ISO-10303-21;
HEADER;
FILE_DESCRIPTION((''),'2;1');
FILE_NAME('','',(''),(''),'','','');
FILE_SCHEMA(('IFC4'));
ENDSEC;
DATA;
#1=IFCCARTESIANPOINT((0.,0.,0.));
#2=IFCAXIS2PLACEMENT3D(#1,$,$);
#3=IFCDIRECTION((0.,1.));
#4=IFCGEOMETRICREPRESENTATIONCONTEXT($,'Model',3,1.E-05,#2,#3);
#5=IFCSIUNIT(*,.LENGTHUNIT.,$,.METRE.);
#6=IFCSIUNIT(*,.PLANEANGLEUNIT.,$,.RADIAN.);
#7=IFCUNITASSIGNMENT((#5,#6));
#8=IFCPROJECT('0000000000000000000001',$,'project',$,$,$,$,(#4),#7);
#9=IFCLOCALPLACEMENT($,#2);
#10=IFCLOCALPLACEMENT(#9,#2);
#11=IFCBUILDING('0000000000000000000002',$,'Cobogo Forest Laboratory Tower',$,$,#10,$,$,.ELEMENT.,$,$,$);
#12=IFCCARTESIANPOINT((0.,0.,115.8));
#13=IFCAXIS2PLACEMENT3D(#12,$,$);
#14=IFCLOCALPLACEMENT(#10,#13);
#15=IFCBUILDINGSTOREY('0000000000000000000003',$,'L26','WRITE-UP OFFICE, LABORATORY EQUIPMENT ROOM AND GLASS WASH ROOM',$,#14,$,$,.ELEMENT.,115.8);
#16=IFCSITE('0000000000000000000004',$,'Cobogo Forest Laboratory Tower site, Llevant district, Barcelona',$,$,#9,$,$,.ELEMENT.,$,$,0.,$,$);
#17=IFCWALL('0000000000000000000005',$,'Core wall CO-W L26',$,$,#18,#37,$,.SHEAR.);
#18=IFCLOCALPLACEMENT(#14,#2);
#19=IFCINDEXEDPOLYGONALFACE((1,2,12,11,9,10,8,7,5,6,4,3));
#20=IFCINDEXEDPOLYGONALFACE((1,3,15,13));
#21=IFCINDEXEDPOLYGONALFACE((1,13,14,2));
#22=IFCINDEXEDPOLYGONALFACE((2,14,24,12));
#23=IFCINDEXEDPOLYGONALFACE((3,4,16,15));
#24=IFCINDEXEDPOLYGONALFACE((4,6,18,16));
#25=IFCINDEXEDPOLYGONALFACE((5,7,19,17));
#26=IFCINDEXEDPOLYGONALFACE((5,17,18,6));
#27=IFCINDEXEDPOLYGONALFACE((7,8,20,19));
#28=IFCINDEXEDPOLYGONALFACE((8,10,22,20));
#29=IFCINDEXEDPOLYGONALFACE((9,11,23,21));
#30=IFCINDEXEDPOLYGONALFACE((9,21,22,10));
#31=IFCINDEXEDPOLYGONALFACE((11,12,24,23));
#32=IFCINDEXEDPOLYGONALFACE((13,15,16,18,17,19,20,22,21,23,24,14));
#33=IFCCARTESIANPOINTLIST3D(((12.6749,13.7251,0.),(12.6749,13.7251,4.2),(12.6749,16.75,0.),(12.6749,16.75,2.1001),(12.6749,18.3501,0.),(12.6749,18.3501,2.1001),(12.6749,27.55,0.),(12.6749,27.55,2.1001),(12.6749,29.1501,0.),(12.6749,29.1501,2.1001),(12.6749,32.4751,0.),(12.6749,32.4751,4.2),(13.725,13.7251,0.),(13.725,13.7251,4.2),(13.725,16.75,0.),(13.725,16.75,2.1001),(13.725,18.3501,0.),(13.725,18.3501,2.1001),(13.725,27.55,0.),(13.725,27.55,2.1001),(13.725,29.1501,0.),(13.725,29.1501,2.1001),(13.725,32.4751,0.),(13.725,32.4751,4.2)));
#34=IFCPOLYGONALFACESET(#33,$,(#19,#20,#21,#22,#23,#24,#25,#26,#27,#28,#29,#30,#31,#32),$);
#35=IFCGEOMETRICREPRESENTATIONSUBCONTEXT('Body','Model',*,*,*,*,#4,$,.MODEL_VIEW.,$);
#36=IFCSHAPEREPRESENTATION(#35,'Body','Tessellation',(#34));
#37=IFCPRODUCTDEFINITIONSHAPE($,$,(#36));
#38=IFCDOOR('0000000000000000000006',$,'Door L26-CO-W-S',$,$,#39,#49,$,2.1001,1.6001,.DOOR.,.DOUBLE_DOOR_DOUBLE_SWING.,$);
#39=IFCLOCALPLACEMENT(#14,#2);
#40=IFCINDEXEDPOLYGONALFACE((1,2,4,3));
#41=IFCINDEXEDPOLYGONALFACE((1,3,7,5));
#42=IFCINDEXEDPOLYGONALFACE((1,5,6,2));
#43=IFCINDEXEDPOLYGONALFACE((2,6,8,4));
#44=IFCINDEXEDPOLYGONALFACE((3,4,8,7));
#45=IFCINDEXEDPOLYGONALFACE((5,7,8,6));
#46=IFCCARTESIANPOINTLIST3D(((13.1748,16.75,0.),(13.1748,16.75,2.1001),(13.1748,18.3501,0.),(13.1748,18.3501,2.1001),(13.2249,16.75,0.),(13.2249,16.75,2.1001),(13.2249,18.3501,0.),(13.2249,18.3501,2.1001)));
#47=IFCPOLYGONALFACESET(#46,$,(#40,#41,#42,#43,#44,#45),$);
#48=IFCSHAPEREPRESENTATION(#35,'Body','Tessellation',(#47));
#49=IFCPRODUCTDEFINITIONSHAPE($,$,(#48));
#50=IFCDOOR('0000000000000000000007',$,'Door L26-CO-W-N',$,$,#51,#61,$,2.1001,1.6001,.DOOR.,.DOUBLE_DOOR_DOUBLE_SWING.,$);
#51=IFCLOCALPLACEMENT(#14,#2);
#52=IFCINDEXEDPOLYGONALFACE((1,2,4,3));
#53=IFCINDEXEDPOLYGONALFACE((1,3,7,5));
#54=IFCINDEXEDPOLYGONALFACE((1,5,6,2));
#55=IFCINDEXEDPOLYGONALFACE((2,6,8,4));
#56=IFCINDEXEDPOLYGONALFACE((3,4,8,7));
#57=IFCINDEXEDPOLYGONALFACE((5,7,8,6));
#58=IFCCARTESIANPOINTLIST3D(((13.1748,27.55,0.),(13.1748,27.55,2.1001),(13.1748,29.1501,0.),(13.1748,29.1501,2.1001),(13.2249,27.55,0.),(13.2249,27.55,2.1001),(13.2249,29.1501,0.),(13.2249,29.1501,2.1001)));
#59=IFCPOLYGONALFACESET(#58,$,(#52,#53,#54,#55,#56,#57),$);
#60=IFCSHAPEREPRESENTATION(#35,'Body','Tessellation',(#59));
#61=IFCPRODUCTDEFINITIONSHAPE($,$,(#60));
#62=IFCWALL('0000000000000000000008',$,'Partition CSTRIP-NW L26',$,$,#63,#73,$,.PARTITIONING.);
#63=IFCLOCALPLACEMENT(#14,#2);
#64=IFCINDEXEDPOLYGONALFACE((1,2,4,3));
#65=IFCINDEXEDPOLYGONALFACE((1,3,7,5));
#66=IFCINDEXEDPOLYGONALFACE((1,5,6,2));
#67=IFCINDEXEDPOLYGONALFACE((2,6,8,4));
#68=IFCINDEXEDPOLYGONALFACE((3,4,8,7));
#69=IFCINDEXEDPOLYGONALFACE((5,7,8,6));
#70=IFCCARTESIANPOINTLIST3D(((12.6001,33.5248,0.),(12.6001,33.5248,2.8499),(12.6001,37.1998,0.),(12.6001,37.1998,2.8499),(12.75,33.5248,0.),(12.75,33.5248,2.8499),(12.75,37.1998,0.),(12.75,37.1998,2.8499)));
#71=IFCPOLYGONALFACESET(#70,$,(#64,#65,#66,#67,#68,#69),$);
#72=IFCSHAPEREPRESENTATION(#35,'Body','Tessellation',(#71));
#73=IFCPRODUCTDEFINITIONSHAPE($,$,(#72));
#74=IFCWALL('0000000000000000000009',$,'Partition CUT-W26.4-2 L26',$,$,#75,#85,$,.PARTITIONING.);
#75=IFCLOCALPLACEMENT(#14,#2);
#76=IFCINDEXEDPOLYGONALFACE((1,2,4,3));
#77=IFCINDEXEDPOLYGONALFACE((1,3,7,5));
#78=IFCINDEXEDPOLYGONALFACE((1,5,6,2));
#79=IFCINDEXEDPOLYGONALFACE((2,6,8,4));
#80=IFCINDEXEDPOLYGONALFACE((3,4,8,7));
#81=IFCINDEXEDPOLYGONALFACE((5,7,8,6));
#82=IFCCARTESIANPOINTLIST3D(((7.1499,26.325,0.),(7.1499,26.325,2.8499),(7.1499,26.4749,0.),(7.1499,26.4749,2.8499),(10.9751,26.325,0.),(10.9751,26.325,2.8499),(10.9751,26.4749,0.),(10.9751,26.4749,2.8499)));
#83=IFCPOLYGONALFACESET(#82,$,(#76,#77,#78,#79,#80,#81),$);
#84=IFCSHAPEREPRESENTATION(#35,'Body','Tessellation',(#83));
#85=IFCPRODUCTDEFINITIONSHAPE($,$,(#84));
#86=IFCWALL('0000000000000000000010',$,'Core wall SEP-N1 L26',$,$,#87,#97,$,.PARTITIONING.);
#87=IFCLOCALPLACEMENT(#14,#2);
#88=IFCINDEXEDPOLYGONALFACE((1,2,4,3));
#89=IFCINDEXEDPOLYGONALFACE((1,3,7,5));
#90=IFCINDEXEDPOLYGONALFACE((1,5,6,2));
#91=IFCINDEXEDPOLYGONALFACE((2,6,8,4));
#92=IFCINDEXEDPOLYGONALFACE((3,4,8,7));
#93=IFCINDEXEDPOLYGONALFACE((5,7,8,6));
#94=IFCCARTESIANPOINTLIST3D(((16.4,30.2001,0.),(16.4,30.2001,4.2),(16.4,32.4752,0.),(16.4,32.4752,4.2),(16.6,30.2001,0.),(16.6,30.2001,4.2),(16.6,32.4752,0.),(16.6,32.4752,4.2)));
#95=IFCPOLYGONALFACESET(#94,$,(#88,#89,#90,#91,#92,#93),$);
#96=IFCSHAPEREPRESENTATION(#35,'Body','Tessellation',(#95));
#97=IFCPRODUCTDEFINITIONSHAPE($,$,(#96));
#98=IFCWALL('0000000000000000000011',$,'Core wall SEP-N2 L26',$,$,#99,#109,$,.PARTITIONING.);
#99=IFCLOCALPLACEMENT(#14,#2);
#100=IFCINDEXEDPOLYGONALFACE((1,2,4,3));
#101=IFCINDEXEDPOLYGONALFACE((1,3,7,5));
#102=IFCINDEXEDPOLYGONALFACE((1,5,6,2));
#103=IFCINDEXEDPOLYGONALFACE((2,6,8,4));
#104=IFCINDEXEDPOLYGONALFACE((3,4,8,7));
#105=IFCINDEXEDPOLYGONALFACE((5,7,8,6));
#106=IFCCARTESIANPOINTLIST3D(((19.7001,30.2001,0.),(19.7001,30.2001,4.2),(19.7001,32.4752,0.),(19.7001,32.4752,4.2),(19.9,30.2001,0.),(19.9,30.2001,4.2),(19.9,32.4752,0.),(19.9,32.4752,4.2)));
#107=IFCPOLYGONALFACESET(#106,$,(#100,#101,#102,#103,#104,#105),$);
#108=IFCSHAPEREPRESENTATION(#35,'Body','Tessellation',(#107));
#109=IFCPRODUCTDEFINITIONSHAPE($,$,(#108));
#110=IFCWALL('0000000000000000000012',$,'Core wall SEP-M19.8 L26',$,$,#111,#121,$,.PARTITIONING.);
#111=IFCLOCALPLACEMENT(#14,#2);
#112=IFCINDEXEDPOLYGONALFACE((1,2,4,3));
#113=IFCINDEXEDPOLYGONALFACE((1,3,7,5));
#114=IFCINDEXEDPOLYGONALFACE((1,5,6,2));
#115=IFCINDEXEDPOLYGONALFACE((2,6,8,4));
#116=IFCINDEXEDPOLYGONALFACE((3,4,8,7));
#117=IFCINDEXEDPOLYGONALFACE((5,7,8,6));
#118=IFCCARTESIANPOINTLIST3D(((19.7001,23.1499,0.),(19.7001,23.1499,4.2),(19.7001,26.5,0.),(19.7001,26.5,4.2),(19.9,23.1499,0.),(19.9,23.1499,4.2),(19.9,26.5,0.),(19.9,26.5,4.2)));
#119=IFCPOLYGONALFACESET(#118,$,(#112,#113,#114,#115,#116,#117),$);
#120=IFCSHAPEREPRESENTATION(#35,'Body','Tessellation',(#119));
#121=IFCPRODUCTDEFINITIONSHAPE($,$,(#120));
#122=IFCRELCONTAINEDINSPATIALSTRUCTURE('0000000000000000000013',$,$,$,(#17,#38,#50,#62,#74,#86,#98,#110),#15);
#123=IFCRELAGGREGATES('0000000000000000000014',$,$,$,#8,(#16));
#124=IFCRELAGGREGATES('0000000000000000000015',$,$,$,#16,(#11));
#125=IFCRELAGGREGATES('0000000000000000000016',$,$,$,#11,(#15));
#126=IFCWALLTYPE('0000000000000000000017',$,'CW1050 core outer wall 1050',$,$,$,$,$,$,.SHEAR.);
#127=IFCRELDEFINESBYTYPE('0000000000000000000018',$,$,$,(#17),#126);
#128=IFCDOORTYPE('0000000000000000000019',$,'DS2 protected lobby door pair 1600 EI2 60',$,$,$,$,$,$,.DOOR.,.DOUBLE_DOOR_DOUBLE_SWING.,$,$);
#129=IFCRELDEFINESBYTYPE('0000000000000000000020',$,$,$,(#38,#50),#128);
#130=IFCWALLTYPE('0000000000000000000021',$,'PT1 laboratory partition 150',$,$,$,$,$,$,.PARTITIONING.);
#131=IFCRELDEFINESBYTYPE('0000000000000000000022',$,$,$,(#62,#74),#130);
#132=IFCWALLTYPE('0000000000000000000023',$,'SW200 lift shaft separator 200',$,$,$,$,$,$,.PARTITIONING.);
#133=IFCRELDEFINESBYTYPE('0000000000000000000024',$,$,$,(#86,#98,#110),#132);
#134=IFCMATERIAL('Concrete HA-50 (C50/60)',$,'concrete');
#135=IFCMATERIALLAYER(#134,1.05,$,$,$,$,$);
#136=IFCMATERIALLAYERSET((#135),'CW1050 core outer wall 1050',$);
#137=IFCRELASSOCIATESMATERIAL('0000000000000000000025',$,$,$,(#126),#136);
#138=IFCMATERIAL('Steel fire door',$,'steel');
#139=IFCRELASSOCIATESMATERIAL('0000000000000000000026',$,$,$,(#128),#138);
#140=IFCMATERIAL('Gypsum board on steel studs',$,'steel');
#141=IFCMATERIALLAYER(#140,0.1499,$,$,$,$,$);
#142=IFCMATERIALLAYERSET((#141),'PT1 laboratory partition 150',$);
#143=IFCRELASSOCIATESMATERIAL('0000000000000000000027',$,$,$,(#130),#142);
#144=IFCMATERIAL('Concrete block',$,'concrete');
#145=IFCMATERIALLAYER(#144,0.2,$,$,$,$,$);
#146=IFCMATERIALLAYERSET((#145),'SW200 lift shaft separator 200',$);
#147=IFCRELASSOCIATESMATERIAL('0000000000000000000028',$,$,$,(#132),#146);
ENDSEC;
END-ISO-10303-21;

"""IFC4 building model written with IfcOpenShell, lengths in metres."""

from ifc_helpers import new_model, si_unit, direction, frame, frame_2d, origin, place, context, subcontext, project, spatial, rectangle, extrude, material, layer, layer_set, type_object, element, fill, save


model = new_model("IFC4")

# Units and contexts
model_context = context("Model", 3, precision=1e-05, world=origin(), true_north=direction((0.0, 1.0)))
body_context = subcontext(model_context, "Body", "Model", "MODEL_VIEW")
ifc_project = project(units=[si_unit("LENGTHUNIT", "METRE"), si_unit("PLANEANGLEUNIT", "RADIAN")], contexts=[model_context])

# Site, building, storey
site_placement = place(None, origin())
site = spatial("IfcSite", under=ifc_project, at=site_placement, Name="Cobogo Forest Laboratory Tower site, Llevant district, Barcelona", CompositionType="ELEMENT", RefElevation=0.0)
building_placement = place(site_placement, origin())
building = spatial("IfcBuilding", under=site, at=building_placement, Name="Cobogo Forest Laboratory Tower", CompositionType="ELEMENT")
storey_placement = place(building_placement, frame((0.0, 0.0, 115.8)))
storey = spatial("IfcBuildingStorey", under=building, at=storey_placement, Name="L26", Description="WRITE-UP OFFICE, LABORATORY EQUIPMENT ROOM AND GLASS WASH ROOM", CompositionType="ELEMENT", Elevation=115.8)

# Shared definitions
ifc_material_1 = material(Name="Concrete HA-50 (C50/60)", Category="concrete")

# Shared definitions
ifc_material_2 = material(Name="Steel fire door", Category="steel")

# Wall, openings, doors
ifc_layer_1 = layer(ifc_material_1, 1.05)
ifc_layer_set_1 = layer_set([ifc_layer_1], Name="CW1050 core outer wall 1050")
wall_type_1 = type_object("IfcWallType", Name="CW1050 core outer wall 1050", PredefinedType="SHEAR", material=ifc_layer_set_1)
wall_1_placement = place(storey_placement, frame((13.2, 32.4751, 0.0), z_axis=(0.0, 0.0, 1.0), x_axis=(0.0, -1.0, 0.0)))
wall_1 = element("IfcWall", 1, at=wall_1_placement, inside=storey, type_object=wall_type_1, Name="Core wall CO-W L26", PredefinedType="SHEAR", context=body_context, shape_type="SweptSolid", body=[
    extrude(rectangle(XDim=18.75, YDim=1.05, at=frame_2d((9.375, 0.0))), origin(), (0.0, 0.0, 1.0), 4.2),
])
opening_1_placement = place(wall_1_placement, frame((14.125, 0.0, 0.0)))
opening_1 = element("IfcOpeningElement", 2, at=opening_1_placement, cuts=wall_1, PredefinedType="OPENING", context=body_context, shape_type="SweptSolid", body=[
    extrude(rectangle(XDim=1.6001, YDim=2.1001, at=frame_2d((0.8, 1.05))), frame((0.0, 0.5349, 0.0), z_axis=(0.0, -1.0, 0.0), x_axis=(1.0, 0.0, 0.0)), (0.0, 0.0, 1.0), 1.0701),
])
opening_2_placement = place(wall_1_placement, frame((3.325, 0.0, 0.0)))
opening_2 = element("IfcOpeningElement", 3, at=opening_2_placement, cuts=wall_1, PredefinedType="OPENING", context=body_context, shape_type="SweptSolid", body=[
    extrude(rectangle(XDim=1.6001, YDim=2.1001, at=frame_2d((0.8, 1.05))), frame((0.0, 0.5349, 0.0), z_axis=(0.0, -1.0, 0.0), x_axis=(1.0, 0.0, 0.0)), (0.0, 0.0, 1.0), 1.0701),
])
door_type_1 = type_object("IfcDoorType", Name="DS2 protected lobby door pair 1600 EI2 60", OperationType="DOUBLE_DOOR_DOUBLE_SWING", PredefinedType="DOOR", material=ifc_material_2)
door_1_placement = place(opening_1_placement, origin())
door_1 = element("IfcDoor", 4, at=door_1_placement, inside=storey, type_object=door_type_1, Name="Door L26-CO-W-S", OperationType="DOUBLE_DOOR_DOUBLE_SWING", OverallHeight=2.1001, OverallWidth=1.6001, PredefinedType="DOOR", context=body_context, shape_type="SweptSolid", body=[
    extrude(rectangle(XDim=1.6001, YDim=2.1001, at=frame_2d((0.8, 1.05))), frame((0.0, 0.0249, 0.0), z_axis=(0.0, -1.0, 0.0), x_axis=(1.0, 0.0, 0.0)), (0.0, 0.0, 1.0), 0.05),
])
fill(opening_1, door_1)
door_2_placement = place(opening_2_placement, origin())
door_2 = element("IfcDoor", 5, at=door_2_placement, inside=storey, type_object=door_type_1, Name="Door L26-CO-W-N", OperationType="DOUBLE_DOOR_DOUBLE_SWING", OverallHeight=2.1001, OverallWidth=1.6001, PredefinedType="DOOR", context=body_context, shape_type="SweptSolid", body=[
    extrude(rectangle(XDim=1.6001, YDim=2.1001, at=frame_2d((0.8, 1.05))), frame((0.0, 0.0249, 0.0), z_axis=(0.0, -1.0, 0.0), x_axis=(1.0, 0.0, 0.0)), (0.0, 0.0, 1.0), 0.05),
])
fill(opening_2, door_2)

# Walls
ifc_material_3 = material(Name="Gypsum board on steel studs", Category="steel")
ifc_layer_2 = layer(ifc_material_3, 0.1499)
ifc_layer_set_2 = layer_set([ifc_layer_2], Name="PT1 laboratory partition 150")
wall_type_2 = type_object("IfcWallType", Name="PT1 laboratory partition 150", PredefinedType="PARTITIONING", material=ifc_layer_set_2)
wall_2_placement = place(storey_placement, frame((12.675, 33.5249, 0.0), z_axis=(0.0, 0.0, 1.0), x_axis=(0.0, 1.0, 0.0)))
element("IfcWall", 6, at=wall_2_placement, inside=storey, type_object=wall_type_2, Name="Partition CSTRIP-NW L26", PredefinedType="PARTITIONING", context=body_context, shape_type="SweptSolid", body=[
    extrude(rectangle(XDim=3.675, YDim=0.1499, at=frame_2d((1.8374, 0.0))), origin(), (0.0, 0.0, 1.0), 2.8499),
])
wall_3_placement = place(storey_placement, frame((7.1499, 26.3999, 0.0), z_axis=(0.0, 0.0, 1.0), x_axis=(1.0, 0.0, 0.0)))
element("IfcWall", 7, at=wall_3_placement, inside=storey, type_object=wall_type_2, Name="Partition CUT-W26.4-2 L26", PredefinedType="PARTITIONING", context=body_context, shape_type="SweptSolid", body=[
    extrude(rectangle(XDim=3.8252, YDim=0.1499, at=frame_2d((1.9126, 0.0))), origin(), (0.0, 0.0, 1.0), 2.8499),
])
ifc_material_4 = material(Name="Concrete block", Category="concrete")
ifc_layer_3 = layer(ifc_material_4, 0.2)
ifc_layer_set_3 = layer_set([ifc_layer_3], Name="SW200 lift shaft separator 200")
wall_type_3 = type_object("IfcWallType", Name="SW200 lift shaft separator 200", PredefinedType="PARTITIONING", material=ifc_layer_set_3)
for number, where, z_axis, x_axis, name in (
    (8, (16.5, 30.2, 0.0), (0.0, 0.0, 1.0), (0.0, 1.0, 0.0), "Core wall SEP-N1 L26"),
    (9, (19.8, 30.2, 0.0), (0.0, 0.0, 1.0), (0.0, 1.0, 0.0), "Core wall SEP-N2 L26"),
):
    element("IfcWall", number, at=place(storey_placement, frame(where, z_axis=z_axis, x_axis=x_axis)), inside=storey, type_object=wall_type_3, Name=name, PredefinedType="PARTITIONING", context=body_context, shape_type="SweptSolid", body=[
        extrude(rectangle(XDim=2.2751, YDim=0.2, at=frame_2d((1.1377, 0.0))), origin(), (0.0, 0.0, 1.0), 4.2),
    ])
wall_4_placement = place(storey_placement, frame((19.8, 23.1499, 0.0), z_axis=(0.0, 0.0, 1.0), x_axis=(0.0, 1.0, 0.0)))
element("IfcWall", 10, at=wall_4_placement, inside=storey, type_object=wall_type_3, Name="Core wall SEP-M19.8 L26", PredefinedType="PARTITIONING", context=body_context, shape_type="SweptSolid", body=[
    extrude(rectangle(XDim=3.3501, YDim=0.2, at=frame_2d((1.675, 0.0))), origin(), (0.0, 0.0, 1.0), 4.2),
])

save(model, "model.ifc")
